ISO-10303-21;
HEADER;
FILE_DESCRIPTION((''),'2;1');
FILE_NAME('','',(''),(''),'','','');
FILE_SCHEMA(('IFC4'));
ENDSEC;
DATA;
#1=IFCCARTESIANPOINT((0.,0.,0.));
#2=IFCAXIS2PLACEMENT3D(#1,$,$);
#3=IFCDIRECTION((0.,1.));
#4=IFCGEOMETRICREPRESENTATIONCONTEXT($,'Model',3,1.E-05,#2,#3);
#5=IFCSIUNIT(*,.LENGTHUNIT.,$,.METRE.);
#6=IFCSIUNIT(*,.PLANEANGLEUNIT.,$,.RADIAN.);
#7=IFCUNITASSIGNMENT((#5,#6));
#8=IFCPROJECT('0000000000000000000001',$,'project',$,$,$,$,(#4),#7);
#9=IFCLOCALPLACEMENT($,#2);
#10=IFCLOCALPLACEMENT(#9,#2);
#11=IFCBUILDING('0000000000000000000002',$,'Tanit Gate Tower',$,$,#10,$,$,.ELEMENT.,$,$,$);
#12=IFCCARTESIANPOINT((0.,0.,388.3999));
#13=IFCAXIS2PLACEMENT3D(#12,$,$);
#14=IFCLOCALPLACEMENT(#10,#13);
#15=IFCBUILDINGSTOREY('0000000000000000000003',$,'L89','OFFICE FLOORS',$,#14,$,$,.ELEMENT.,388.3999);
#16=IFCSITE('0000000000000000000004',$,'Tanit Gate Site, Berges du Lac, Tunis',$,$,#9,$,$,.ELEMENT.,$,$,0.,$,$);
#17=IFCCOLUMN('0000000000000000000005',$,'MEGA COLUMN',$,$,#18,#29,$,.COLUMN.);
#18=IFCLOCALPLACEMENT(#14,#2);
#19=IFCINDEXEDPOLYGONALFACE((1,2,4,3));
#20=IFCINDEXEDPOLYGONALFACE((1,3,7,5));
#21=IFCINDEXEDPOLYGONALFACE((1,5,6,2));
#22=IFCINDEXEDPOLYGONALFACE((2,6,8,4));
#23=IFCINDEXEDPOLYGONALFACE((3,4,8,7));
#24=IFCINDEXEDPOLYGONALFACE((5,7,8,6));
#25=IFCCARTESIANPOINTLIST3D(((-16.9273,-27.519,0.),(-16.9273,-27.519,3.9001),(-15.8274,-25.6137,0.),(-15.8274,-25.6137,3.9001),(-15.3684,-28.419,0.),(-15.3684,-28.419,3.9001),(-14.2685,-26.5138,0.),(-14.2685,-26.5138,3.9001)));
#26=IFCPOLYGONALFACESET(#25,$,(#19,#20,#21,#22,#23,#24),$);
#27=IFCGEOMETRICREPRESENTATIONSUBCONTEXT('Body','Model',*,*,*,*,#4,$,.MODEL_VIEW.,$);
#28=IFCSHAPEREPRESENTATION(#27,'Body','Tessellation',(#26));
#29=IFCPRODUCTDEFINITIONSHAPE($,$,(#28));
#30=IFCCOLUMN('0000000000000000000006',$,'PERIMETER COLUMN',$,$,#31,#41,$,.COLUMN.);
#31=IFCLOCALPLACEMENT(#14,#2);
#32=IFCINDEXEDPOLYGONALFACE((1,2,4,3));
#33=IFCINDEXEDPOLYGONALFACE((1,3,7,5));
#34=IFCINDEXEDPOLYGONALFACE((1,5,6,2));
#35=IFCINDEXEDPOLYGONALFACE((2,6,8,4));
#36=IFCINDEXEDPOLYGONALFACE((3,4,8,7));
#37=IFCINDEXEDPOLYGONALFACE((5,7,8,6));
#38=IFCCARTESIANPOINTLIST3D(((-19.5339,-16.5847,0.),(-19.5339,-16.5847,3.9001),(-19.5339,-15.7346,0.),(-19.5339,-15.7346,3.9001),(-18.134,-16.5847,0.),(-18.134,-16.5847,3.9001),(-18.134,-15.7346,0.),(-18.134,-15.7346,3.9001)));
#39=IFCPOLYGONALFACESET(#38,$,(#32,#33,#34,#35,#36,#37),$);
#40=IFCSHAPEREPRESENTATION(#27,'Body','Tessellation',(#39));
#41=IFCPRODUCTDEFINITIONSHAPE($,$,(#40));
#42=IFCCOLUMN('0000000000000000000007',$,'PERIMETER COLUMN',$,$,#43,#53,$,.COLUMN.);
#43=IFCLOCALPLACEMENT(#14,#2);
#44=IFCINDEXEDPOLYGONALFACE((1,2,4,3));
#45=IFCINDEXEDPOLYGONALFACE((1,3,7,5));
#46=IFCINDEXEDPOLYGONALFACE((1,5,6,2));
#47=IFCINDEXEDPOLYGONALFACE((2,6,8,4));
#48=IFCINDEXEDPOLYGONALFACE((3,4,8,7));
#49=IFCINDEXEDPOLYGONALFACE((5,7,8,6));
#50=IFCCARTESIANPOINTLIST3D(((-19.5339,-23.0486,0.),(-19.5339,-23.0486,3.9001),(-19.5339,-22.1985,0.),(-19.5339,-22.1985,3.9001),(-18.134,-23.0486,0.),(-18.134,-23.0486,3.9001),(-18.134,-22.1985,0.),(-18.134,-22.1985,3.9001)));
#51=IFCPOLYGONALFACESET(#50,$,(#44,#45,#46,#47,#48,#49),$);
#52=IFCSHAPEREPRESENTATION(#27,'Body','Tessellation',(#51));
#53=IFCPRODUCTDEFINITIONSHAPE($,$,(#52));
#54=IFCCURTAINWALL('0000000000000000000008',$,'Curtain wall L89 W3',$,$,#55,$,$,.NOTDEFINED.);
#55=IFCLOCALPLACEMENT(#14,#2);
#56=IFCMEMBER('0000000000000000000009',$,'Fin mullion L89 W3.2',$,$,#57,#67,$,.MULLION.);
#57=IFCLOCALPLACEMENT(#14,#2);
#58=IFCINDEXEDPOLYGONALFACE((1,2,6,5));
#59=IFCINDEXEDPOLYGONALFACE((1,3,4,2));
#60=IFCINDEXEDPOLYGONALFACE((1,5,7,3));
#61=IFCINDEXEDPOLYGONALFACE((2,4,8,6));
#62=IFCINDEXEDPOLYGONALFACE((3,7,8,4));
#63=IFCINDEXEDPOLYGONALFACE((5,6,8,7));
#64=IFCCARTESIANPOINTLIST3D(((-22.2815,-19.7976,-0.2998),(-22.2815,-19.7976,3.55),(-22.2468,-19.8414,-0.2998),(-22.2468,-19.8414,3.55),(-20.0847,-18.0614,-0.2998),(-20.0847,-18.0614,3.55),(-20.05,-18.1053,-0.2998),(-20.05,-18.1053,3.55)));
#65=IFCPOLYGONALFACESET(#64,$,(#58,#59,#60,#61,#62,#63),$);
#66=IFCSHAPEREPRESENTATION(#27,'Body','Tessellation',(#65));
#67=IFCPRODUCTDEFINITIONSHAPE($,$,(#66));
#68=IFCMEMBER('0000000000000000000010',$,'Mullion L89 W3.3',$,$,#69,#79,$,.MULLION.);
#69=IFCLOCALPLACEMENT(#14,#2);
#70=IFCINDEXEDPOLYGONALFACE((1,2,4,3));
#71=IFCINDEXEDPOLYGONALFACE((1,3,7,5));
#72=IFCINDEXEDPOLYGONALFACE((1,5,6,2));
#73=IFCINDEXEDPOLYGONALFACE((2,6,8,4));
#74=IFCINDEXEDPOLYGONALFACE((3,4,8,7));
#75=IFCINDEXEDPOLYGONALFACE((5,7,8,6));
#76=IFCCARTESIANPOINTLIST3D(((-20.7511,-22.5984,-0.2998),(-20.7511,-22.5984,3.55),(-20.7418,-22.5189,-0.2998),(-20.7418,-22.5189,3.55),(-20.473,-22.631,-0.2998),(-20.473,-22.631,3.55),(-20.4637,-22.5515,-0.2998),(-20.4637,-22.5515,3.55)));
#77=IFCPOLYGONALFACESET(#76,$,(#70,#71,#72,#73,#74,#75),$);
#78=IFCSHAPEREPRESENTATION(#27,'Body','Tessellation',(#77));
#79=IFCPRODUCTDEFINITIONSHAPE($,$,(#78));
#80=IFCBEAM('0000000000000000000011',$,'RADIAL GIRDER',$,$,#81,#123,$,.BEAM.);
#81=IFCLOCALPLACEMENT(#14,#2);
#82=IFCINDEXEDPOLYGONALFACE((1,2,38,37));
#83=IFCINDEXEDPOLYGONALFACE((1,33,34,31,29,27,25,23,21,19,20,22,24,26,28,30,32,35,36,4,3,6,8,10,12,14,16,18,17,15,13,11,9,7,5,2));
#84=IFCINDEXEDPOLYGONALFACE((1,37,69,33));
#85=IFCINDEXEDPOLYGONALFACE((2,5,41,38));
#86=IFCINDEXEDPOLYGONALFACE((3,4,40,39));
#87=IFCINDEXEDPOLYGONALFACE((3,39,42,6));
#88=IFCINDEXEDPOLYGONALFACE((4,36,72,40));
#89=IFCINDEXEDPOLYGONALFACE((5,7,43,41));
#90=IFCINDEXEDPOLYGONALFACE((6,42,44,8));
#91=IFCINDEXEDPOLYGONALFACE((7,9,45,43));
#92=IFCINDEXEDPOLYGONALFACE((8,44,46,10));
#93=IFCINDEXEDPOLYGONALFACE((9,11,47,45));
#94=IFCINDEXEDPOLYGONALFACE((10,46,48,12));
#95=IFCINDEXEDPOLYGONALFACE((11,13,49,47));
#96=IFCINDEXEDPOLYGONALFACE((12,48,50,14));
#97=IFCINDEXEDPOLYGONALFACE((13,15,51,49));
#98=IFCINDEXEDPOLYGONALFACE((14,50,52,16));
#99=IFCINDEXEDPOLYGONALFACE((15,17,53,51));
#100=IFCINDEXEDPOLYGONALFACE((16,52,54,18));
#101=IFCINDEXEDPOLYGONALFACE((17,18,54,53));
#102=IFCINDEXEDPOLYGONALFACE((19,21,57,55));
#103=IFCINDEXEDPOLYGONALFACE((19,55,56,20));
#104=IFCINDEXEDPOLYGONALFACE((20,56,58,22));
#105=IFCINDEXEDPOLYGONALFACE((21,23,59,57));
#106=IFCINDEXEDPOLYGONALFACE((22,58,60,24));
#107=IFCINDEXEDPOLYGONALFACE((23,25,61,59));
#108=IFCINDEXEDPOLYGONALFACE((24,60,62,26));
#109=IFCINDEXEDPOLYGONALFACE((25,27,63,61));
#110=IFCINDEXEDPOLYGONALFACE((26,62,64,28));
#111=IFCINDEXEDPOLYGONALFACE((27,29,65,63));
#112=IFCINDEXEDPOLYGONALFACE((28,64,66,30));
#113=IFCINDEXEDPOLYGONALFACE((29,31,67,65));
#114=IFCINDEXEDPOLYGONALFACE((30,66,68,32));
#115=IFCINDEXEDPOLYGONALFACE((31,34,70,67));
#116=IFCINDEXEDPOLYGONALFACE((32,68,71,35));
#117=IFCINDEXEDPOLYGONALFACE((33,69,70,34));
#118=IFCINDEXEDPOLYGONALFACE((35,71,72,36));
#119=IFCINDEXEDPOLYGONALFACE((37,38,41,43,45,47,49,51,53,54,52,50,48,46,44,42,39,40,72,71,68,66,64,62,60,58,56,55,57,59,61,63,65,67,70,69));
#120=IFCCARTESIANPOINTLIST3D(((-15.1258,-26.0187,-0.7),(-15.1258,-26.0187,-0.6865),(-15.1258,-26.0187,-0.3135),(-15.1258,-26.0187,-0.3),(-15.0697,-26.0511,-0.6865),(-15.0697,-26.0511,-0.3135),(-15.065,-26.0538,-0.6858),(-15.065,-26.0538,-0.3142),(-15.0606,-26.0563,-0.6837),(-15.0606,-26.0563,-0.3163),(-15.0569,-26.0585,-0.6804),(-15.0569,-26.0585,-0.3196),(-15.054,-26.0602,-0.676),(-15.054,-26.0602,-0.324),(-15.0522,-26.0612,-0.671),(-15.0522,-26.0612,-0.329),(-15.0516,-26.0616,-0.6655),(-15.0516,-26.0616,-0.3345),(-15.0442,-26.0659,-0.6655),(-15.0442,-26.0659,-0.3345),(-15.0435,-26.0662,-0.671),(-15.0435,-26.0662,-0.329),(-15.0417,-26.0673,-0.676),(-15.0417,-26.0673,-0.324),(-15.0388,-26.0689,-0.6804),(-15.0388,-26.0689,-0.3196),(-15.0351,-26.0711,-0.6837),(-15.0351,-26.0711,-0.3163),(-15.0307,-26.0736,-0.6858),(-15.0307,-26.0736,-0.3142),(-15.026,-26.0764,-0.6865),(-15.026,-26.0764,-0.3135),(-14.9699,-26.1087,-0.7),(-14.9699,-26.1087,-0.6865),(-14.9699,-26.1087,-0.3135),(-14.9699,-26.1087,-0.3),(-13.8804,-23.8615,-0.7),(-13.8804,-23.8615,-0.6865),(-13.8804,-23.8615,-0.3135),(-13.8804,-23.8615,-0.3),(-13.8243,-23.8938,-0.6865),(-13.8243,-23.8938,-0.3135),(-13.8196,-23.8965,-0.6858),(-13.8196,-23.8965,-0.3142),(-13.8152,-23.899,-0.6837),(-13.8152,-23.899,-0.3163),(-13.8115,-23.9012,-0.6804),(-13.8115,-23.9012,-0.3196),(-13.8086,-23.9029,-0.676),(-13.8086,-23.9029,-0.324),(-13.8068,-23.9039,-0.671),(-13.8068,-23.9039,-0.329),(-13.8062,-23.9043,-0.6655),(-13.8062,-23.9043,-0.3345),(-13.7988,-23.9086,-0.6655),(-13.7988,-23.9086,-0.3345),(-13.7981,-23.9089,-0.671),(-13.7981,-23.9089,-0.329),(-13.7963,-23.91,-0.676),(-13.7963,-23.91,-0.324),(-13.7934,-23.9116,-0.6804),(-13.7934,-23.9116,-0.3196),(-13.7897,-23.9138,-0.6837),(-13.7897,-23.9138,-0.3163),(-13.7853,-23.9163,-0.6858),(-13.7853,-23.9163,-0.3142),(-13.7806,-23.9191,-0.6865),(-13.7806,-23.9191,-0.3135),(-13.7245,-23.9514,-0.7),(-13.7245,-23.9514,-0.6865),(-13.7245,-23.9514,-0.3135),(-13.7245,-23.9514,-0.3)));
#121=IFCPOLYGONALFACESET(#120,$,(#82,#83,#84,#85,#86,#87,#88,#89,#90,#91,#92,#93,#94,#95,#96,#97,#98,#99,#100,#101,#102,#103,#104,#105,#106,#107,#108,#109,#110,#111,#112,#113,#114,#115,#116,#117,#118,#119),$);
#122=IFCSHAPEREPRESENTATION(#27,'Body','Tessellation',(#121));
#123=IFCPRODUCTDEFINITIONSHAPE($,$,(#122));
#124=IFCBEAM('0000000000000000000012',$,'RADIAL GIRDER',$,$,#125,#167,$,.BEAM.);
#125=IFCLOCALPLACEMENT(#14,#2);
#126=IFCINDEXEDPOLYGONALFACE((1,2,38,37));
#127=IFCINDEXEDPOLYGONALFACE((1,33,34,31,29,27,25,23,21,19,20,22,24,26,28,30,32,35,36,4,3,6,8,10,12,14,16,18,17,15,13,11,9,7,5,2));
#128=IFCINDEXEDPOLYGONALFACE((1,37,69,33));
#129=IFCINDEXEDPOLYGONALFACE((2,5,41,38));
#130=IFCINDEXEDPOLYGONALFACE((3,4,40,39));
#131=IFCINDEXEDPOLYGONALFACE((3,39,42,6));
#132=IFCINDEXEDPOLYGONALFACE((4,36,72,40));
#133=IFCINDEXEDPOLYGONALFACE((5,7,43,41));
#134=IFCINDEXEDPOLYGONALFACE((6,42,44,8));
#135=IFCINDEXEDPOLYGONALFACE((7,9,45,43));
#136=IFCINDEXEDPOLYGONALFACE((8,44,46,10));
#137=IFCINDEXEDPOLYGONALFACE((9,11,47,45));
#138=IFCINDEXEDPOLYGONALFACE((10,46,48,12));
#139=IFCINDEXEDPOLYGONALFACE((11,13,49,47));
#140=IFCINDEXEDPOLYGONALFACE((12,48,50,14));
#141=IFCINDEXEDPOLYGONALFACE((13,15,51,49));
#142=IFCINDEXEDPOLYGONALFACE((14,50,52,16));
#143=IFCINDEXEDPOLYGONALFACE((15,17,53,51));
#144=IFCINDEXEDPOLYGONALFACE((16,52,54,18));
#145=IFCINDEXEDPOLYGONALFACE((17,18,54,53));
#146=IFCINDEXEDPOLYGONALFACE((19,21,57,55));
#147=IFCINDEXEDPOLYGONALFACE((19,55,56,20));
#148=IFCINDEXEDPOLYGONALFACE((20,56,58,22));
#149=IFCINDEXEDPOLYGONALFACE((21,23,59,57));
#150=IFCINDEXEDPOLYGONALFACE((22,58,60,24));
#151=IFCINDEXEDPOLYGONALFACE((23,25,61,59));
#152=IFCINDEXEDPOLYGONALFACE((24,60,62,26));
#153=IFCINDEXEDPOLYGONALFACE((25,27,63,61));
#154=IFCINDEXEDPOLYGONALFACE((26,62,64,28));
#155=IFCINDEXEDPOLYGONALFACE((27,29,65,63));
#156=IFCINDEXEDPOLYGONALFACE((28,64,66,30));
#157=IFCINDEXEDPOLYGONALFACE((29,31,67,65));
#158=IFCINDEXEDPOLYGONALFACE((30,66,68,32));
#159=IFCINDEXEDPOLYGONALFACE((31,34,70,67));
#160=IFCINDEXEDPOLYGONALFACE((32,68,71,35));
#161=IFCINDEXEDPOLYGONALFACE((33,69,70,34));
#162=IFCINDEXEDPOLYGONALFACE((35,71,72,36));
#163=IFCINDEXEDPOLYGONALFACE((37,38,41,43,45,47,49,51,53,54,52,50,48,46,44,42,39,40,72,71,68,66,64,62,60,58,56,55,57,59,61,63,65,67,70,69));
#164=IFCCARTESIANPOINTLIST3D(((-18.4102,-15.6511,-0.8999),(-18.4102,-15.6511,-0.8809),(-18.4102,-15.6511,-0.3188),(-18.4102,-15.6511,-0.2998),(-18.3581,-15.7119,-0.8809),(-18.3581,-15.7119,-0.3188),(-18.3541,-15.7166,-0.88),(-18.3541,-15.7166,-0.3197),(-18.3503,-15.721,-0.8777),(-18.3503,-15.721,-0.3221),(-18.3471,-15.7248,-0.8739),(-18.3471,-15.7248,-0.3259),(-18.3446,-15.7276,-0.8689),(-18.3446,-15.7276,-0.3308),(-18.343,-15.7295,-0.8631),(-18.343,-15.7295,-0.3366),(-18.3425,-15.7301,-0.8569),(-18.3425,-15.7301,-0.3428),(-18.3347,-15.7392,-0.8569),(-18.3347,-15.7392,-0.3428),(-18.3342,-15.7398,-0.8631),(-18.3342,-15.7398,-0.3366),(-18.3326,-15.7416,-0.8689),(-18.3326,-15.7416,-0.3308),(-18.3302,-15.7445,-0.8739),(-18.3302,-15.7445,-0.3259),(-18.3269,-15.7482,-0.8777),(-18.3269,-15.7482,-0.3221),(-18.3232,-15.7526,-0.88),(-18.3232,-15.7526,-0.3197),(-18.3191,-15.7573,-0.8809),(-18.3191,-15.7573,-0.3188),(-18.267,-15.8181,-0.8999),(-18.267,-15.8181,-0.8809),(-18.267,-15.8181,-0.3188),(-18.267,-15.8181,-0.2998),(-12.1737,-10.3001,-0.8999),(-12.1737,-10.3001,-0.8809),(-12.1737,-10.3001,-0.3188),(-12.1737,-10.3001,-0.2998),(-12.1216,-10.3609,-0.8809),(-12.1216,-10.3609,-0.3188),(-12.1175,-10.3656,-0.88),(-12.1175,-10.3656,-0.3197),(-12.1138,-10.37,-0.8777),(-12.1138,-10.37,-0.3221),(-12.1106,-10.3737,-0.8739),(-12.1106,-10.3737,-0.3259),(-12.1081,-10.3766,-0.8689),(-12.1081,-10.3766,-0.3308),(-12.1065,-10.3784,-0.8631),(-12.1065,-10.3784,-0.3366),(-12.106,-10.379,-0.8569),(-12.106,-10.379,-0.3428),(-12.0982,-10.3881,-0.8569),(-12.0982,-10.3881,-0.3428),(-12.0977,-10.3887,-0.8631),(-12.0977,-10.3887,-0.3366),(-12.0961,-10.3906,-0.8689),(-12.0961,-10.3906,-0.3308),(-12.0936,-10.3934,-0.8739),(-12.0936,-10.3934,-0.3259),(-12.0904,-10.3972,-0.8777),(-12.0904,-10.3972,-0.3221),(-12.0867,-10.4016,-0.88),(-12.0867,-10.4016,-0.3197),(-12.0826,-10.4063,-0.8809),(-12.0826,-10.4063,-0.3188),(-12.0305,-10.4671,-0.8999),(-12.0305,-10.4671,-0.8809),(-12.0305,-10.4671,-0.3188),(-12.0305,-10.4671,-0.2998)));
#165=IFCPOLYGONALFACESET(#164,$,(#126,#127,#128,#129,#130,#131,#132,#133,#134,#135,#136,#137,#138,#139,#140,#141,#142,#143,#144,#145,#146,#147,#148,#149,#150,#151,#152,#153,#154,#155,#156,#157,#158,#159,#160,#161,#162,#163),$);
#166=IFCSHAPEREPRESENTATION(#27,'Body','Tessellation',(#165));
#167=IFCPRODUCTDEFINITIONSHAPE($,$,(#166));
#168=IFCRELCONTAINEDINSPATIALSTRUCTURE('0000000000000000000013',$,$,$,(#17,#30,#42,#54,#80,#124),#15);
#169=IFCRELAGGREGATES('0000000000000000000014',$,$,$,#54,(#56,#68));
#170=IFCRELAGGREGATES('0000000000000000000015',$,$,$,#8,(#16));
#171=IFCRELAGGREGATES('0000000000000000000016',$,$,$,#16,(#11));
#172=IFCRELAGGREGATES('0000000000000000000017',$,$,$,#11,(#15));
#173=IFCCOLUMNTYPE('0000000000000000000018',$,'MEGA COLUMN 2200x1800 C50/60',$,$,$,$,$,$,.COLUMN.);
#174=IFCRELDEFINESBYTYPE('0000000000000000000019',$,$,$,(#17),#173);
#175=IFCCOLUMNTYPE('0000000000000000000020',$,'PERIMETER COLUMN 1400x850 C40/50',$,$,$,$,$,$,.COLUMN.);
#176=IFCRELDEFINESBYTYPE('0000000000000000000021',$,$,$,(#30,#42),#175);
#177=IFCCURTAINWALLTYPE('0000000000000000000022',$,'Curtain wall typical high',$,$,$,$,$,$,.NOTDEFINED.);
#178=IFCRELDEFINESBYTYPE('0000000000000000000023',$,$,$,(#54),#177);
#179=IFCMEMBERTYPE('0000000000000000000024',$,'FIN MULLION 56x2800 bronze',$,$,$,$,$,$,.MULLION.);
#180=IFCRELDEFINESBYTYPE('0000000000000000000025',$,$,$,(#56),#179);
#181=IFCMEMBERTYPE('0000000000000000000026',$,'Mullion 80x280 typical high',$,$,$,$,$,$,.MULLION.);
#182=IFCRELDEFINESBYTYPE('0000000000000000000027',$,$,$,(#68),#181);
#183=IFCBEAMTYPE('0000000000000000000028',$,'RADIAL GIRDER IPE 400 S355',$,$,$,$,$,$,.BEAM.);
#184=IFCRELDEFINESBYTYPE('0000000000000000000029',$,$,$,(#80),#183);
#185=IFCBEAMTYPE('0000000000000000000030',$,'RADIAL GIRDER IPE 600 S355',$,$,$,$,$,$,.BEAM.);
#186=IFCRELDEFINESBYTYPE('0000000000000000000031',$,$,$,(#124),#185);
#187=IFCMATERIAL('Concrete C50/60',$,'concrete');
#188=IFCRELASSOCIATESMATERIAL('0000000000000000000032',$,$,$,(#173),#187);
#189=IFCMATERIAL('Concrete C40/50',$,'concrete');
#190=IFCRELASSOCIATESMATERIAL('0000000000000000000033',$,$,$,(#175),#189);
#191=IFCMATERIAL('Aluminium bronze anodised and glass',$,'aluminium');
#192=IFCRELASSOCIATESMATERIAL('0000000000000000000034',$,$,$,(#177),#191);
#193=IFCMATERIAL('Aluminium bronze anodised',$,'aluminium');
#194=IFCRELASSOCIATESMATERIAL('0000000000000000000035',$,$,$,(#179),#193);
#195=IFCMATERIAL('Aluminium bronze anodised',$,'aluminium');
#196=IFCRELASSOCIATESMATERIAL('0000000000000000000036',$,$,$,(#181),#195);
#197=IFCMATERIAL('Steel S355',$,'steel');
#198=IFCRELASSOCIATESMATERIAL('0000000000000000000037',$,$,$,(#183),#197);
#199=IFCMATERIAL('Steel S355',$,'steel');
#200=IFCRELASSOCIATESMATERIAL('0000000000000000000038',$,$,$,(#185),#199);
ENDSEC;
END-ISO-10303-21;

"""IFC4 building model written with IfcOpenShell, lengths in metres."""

from ifc_helpers import new_model, si_unit, direction, frame, origin, origin_2d, place, context, subcontext, project, spatial, rectangle, i_section, extrude, material, material_profile, profile_set, type_object, element, aggregate, save


model = new_model("IFC4")

# Units and contexts
model_context = context("Model", 3, precision=1e-05, world=origin(), true_north=direction((0.0, 1.0)))
body_context = subcontext(model_context, "Body", "Model", "MODEL_VIEW")
ifc_project = project(units=[si_unit("LENGTHUNIT", "METRE"), si_unit("PLANEANGLEUNIT", "RADIAN")], contexts=[model_context])

# Site, building, storey
site_placement = place(None, origin())
site = spatial("IfcSite", under=ifc_project, at=site_placement, Name="Tanit Gate Site, Berges du Lac, Tunis", CompositionType="ELEMENT", RefElevation=0.0)
building_placement = place(site_placement, origin())
building = spatial("IfcBuilding", under=site, at=building_placement, Name="Tanit Gate Tower", CompositionType="ELEMENT")
storey_placement = place(building_placement, frame((0.0, 0.0, 388.3999)))
storey = spatial("IfcBuildingStorey", under=building, at=storey_placement, Name="L89", Description="OFFICE FLOORS", CompositionType="ELEMENT", Elevation=388.3999)

# Columns
ifc_material_1 = material(Name="Concrete C50/60", Category="concrete")
ifc_material_profile_1 = material_profile(ifc_material_1, rectangle(XDim=2.2, YDim=1.8, at=origin_2d()), Name="RC 2200x1800")
ifc_profile_set_1 = profile_set([ifc_material_profile_1], Name="Concrete C50/60")
column_type_1 = type_object("IfcColumnType", Name="MEGA COLUMN 2200x1800 C50/60", PredefinedType="COLUMN", material=ifc_profile_set_1)
column_placement = place(storey_placement, frame((-15.5979, -27.0164, 0.0), z_axis=(0.0, 0.0, 1.0), x_axis=(-0.5, -0.866025, 0.0)))
element("IfcColumn", 1, at=column_placement, inside=storey, type_object=column_type_1, Name="MEGA COLUMN", PredefinedType="COLUMN", context=body_context, shape_type="SweptSolid", body=[
    extrude(rectangle(XDim=2.2, YDim=1.8, at=origin_2d()), origin(), (0.0, 0.0, 1.0), 3.9001),
])
ifc_material_2 = material(Name="Concrete C40/50", Category="concrete")
ifc_material_profile_2 = material_profile(ifc_material_2, rectangle(XDim=1.3999, YDim=0.8501, at=origin_2d()), Name="RC 1400x850")
ifc_profile_set_2 = profile_set([ifc_material_profile_2], Name="Concrete C40/50")
column_type_2 = type_object("IfcColumnType", Name="PERIMETER COLUMN 1400x850 C40/50", PredefinedType="COLUMN", material=ifc_profile_set_2)
for number, where, z_axis, x_axis, name in (
    (2, (-18.834, -16.1597, 0.0), (0.0, 0.0, 1.0), (-1.0, 0.0, 0.0), "PERIMETER COLUMN"),
    (3, (-18.834, -22.6235, 0.0), (0.0, 0.0, 1.0), (-1.0, 0.0, 0.0), "PERIMETER COLUMN"),
):
    element("IfcColumn", number, at=place(storey_placement, frame(where, z_axis=z_axis, x_axis=x_axis)), inside=storey, type_object=column_type_2, Name=name, PredefinedType="COLUMN", context=body_context, shape_type="SweptSolid", body=[
        extrude(rectangle(XDim=1.3999, YDim=0.8501, at=origin_2d()), origin(), (0.0, 0.0, 1.0), 3.9001),
    ])

# Curtain wall, members
ifc_material_3 = material(Name="Aluminium bronze anodised and glass", Category="aluminium")
curtain_wall_type = type_object("IfcCurtainWallType", Name="Curtain wall typical high", PredefinedType="NOTDEFINED", material=ifc_material_3)
curtain_wall_placement = place(storey_placement, origin())
curtain_wall = element("IfcCurtainWall", 4, at=curtain_wall_placement, inside=storey, type_object=curtain_wall_type, Name="Curtain wall L89 W3", PredefinedType="NOTDEFINED")
ifc_material_4 = material(Name="Aluminium bronze anodised", Category="aluminium")
ifc_material_profile_3 = material_profile(ifc_material_4, rectangle(XDim=2.8, YDim=0.0559, at=origin_2d()), Name="56x2800 bronze fin mullion")
ifc_profile_set_3 = profile_set([ifc_material_profile_3], Name="Aluminium bronze anodised")
member_type_1 = type_object("IfcMemberType", Name="FIN MULLION 56x2800 bronze", PredefinedType="MULLION", material=ifc_profile_set_3)
member_1_placement = place(storey_placement, frame((-21.1658, -18.9514, -0.2998), z_axis=(0.0, 0.0, 1.0), x_axis=(0.784556, 0.620058, 0.0)))
member_1 = element("IfcMember", 5, at=member_1_placement, type_object=member_type_1, Name="Fin mullion L89 W3.2", PredefinedType="MULLION", context=body_context, shape_type="SweptSolid", body=[
    extrude(rectangle(XDim=2.8, YDim=0.0559, at=origin_2d()), origin(), (0.0, 0.0, 1.0), 3.8499),
])
ifc_material_5 = material(Name="Aluminium bronze anodised", Category="aluminium")
ifc_material_profile_4 = material_profile(ifc_material_5, rectangle(XDim=0.28, YDim=0.0801, at=origin_2d()), Name="80x280 bronze mullion")
ifc_profile_set_4 = profile_set([ifc_material_profile_4], Name="Aluminium bronze anodised")
member_type_2 = type_object("IfcMemberType", Name="Mullion 80x280 typical high", PredefinedType="MULLION", material=ifc_profile_set_4)
member_2_placement = place(storey_placement, frame((-20.6074, -22.575, -0.2998), z_axis=(0.0, 0.0, 1.0), x_axis=(0.993212, -0.116318, 0.0)))
member_2 = element("IfcMember", 6, at=member_2_placement, type_object=member_type_2, Name="Mullion L89 W3.3", PredefinedType="MULLION", context=body_context, shape_type="SweptSolid", body=[
    extrude(rectangle(XDim=0.28, YDim=0.0801, at=origin_2d()), origin(), (0.0, 0.0, 1.0), 3.8499),
])

# Beams
ifc_material_6 = material(Name="Steel S355", Category="steel")
ifc_material_profile_5 = material_profile(ifc_material_6, i_section(OverallWidth=0.1799, OverallDepth=0.3999, WebThickness=0.0085, FlangeThickness=0.0134, FilletRadius=0.021, at=origin_2d()), Name="IPE 400")
ifc_profile_set_5 = profile_set([ifc_material_profile_5], Name="Steel S355")
beam_type_1 = type_object("IfcBeamType", Name="RADIAL GIRDER IPE 400 S355", PredefinedType="BEAM", material=ifc_profile_set_5)
beam_1_placement = place(storey_placement, frame((-15.0479, -26.0637, -0.5), z_axis=(0.499966, 0.866045, 0.0), x_axis=(-0.866045, 0.499966, 0.0)))
element("IfcBeam", 7, at=beam_1_placement, inside=storey, type_object=beam_type_1, Name="RADIAL GIRDER", PredefinedType="BEAM", context=body_context, shape_type="SweptSolid", body=[
    extrude(i_section(OverallWidth=0.1799, OverallDepth=0.3999, WebThickness=0.0085, FlangeThickness=0.0134, FilletRadius=0.021, at=origin_2d()), origin(), (0.0, 0.0, 1.0), 2.491),
])
ifc_material_7 = material(Name="Steel S355", Category="steel")
ifc_material_profile_6 = material_profile(ifc_material_7, i_section(OverallWidth=0.22, OverallDepth=0.6001, WebThickness=0.012, FlangeThickness=0.019, FilletRadius=0.0239, at=origin_2d()), Name="IPE 600")
ifc_profile_set_6 = profile_set([ifc_material_profile_6], Name="Steel S355")
beam_type_2 = type_object("IfcBeamType", Name="RADIAL GIRDER IPE 600 S355", PredefinedType="BEAM", material=ifc_profile_set_6)
beam_2_placement = place(storey_placement, frame((-18.3386, -15.7346, -0.5999), z_axis=(0.758929, 0.651173, 0.0), x_axis=(-0.651173, 0.758929, 0.0)))
element("IfcBeam", 8, at=beam_2_placement, inside=storey, type_object=beam_type_2, Name="RADIAL GIRDER", PredefinedType="BEAM", context=body_context, shape_type="SweptSolid", body=[
    extrude(i_section(OverallWidth=0.22, OverallDepth=0.6001, WebThickness=0.012, FlangeThickness=0.019, FilletRadius=0.0239, at=origin_2d()), origin(), (0.0, 0.0, 1.0), 8.2175),
])

aggregate(curtain_wall, [member_1, member_2])

save(model, "model.ifc")
